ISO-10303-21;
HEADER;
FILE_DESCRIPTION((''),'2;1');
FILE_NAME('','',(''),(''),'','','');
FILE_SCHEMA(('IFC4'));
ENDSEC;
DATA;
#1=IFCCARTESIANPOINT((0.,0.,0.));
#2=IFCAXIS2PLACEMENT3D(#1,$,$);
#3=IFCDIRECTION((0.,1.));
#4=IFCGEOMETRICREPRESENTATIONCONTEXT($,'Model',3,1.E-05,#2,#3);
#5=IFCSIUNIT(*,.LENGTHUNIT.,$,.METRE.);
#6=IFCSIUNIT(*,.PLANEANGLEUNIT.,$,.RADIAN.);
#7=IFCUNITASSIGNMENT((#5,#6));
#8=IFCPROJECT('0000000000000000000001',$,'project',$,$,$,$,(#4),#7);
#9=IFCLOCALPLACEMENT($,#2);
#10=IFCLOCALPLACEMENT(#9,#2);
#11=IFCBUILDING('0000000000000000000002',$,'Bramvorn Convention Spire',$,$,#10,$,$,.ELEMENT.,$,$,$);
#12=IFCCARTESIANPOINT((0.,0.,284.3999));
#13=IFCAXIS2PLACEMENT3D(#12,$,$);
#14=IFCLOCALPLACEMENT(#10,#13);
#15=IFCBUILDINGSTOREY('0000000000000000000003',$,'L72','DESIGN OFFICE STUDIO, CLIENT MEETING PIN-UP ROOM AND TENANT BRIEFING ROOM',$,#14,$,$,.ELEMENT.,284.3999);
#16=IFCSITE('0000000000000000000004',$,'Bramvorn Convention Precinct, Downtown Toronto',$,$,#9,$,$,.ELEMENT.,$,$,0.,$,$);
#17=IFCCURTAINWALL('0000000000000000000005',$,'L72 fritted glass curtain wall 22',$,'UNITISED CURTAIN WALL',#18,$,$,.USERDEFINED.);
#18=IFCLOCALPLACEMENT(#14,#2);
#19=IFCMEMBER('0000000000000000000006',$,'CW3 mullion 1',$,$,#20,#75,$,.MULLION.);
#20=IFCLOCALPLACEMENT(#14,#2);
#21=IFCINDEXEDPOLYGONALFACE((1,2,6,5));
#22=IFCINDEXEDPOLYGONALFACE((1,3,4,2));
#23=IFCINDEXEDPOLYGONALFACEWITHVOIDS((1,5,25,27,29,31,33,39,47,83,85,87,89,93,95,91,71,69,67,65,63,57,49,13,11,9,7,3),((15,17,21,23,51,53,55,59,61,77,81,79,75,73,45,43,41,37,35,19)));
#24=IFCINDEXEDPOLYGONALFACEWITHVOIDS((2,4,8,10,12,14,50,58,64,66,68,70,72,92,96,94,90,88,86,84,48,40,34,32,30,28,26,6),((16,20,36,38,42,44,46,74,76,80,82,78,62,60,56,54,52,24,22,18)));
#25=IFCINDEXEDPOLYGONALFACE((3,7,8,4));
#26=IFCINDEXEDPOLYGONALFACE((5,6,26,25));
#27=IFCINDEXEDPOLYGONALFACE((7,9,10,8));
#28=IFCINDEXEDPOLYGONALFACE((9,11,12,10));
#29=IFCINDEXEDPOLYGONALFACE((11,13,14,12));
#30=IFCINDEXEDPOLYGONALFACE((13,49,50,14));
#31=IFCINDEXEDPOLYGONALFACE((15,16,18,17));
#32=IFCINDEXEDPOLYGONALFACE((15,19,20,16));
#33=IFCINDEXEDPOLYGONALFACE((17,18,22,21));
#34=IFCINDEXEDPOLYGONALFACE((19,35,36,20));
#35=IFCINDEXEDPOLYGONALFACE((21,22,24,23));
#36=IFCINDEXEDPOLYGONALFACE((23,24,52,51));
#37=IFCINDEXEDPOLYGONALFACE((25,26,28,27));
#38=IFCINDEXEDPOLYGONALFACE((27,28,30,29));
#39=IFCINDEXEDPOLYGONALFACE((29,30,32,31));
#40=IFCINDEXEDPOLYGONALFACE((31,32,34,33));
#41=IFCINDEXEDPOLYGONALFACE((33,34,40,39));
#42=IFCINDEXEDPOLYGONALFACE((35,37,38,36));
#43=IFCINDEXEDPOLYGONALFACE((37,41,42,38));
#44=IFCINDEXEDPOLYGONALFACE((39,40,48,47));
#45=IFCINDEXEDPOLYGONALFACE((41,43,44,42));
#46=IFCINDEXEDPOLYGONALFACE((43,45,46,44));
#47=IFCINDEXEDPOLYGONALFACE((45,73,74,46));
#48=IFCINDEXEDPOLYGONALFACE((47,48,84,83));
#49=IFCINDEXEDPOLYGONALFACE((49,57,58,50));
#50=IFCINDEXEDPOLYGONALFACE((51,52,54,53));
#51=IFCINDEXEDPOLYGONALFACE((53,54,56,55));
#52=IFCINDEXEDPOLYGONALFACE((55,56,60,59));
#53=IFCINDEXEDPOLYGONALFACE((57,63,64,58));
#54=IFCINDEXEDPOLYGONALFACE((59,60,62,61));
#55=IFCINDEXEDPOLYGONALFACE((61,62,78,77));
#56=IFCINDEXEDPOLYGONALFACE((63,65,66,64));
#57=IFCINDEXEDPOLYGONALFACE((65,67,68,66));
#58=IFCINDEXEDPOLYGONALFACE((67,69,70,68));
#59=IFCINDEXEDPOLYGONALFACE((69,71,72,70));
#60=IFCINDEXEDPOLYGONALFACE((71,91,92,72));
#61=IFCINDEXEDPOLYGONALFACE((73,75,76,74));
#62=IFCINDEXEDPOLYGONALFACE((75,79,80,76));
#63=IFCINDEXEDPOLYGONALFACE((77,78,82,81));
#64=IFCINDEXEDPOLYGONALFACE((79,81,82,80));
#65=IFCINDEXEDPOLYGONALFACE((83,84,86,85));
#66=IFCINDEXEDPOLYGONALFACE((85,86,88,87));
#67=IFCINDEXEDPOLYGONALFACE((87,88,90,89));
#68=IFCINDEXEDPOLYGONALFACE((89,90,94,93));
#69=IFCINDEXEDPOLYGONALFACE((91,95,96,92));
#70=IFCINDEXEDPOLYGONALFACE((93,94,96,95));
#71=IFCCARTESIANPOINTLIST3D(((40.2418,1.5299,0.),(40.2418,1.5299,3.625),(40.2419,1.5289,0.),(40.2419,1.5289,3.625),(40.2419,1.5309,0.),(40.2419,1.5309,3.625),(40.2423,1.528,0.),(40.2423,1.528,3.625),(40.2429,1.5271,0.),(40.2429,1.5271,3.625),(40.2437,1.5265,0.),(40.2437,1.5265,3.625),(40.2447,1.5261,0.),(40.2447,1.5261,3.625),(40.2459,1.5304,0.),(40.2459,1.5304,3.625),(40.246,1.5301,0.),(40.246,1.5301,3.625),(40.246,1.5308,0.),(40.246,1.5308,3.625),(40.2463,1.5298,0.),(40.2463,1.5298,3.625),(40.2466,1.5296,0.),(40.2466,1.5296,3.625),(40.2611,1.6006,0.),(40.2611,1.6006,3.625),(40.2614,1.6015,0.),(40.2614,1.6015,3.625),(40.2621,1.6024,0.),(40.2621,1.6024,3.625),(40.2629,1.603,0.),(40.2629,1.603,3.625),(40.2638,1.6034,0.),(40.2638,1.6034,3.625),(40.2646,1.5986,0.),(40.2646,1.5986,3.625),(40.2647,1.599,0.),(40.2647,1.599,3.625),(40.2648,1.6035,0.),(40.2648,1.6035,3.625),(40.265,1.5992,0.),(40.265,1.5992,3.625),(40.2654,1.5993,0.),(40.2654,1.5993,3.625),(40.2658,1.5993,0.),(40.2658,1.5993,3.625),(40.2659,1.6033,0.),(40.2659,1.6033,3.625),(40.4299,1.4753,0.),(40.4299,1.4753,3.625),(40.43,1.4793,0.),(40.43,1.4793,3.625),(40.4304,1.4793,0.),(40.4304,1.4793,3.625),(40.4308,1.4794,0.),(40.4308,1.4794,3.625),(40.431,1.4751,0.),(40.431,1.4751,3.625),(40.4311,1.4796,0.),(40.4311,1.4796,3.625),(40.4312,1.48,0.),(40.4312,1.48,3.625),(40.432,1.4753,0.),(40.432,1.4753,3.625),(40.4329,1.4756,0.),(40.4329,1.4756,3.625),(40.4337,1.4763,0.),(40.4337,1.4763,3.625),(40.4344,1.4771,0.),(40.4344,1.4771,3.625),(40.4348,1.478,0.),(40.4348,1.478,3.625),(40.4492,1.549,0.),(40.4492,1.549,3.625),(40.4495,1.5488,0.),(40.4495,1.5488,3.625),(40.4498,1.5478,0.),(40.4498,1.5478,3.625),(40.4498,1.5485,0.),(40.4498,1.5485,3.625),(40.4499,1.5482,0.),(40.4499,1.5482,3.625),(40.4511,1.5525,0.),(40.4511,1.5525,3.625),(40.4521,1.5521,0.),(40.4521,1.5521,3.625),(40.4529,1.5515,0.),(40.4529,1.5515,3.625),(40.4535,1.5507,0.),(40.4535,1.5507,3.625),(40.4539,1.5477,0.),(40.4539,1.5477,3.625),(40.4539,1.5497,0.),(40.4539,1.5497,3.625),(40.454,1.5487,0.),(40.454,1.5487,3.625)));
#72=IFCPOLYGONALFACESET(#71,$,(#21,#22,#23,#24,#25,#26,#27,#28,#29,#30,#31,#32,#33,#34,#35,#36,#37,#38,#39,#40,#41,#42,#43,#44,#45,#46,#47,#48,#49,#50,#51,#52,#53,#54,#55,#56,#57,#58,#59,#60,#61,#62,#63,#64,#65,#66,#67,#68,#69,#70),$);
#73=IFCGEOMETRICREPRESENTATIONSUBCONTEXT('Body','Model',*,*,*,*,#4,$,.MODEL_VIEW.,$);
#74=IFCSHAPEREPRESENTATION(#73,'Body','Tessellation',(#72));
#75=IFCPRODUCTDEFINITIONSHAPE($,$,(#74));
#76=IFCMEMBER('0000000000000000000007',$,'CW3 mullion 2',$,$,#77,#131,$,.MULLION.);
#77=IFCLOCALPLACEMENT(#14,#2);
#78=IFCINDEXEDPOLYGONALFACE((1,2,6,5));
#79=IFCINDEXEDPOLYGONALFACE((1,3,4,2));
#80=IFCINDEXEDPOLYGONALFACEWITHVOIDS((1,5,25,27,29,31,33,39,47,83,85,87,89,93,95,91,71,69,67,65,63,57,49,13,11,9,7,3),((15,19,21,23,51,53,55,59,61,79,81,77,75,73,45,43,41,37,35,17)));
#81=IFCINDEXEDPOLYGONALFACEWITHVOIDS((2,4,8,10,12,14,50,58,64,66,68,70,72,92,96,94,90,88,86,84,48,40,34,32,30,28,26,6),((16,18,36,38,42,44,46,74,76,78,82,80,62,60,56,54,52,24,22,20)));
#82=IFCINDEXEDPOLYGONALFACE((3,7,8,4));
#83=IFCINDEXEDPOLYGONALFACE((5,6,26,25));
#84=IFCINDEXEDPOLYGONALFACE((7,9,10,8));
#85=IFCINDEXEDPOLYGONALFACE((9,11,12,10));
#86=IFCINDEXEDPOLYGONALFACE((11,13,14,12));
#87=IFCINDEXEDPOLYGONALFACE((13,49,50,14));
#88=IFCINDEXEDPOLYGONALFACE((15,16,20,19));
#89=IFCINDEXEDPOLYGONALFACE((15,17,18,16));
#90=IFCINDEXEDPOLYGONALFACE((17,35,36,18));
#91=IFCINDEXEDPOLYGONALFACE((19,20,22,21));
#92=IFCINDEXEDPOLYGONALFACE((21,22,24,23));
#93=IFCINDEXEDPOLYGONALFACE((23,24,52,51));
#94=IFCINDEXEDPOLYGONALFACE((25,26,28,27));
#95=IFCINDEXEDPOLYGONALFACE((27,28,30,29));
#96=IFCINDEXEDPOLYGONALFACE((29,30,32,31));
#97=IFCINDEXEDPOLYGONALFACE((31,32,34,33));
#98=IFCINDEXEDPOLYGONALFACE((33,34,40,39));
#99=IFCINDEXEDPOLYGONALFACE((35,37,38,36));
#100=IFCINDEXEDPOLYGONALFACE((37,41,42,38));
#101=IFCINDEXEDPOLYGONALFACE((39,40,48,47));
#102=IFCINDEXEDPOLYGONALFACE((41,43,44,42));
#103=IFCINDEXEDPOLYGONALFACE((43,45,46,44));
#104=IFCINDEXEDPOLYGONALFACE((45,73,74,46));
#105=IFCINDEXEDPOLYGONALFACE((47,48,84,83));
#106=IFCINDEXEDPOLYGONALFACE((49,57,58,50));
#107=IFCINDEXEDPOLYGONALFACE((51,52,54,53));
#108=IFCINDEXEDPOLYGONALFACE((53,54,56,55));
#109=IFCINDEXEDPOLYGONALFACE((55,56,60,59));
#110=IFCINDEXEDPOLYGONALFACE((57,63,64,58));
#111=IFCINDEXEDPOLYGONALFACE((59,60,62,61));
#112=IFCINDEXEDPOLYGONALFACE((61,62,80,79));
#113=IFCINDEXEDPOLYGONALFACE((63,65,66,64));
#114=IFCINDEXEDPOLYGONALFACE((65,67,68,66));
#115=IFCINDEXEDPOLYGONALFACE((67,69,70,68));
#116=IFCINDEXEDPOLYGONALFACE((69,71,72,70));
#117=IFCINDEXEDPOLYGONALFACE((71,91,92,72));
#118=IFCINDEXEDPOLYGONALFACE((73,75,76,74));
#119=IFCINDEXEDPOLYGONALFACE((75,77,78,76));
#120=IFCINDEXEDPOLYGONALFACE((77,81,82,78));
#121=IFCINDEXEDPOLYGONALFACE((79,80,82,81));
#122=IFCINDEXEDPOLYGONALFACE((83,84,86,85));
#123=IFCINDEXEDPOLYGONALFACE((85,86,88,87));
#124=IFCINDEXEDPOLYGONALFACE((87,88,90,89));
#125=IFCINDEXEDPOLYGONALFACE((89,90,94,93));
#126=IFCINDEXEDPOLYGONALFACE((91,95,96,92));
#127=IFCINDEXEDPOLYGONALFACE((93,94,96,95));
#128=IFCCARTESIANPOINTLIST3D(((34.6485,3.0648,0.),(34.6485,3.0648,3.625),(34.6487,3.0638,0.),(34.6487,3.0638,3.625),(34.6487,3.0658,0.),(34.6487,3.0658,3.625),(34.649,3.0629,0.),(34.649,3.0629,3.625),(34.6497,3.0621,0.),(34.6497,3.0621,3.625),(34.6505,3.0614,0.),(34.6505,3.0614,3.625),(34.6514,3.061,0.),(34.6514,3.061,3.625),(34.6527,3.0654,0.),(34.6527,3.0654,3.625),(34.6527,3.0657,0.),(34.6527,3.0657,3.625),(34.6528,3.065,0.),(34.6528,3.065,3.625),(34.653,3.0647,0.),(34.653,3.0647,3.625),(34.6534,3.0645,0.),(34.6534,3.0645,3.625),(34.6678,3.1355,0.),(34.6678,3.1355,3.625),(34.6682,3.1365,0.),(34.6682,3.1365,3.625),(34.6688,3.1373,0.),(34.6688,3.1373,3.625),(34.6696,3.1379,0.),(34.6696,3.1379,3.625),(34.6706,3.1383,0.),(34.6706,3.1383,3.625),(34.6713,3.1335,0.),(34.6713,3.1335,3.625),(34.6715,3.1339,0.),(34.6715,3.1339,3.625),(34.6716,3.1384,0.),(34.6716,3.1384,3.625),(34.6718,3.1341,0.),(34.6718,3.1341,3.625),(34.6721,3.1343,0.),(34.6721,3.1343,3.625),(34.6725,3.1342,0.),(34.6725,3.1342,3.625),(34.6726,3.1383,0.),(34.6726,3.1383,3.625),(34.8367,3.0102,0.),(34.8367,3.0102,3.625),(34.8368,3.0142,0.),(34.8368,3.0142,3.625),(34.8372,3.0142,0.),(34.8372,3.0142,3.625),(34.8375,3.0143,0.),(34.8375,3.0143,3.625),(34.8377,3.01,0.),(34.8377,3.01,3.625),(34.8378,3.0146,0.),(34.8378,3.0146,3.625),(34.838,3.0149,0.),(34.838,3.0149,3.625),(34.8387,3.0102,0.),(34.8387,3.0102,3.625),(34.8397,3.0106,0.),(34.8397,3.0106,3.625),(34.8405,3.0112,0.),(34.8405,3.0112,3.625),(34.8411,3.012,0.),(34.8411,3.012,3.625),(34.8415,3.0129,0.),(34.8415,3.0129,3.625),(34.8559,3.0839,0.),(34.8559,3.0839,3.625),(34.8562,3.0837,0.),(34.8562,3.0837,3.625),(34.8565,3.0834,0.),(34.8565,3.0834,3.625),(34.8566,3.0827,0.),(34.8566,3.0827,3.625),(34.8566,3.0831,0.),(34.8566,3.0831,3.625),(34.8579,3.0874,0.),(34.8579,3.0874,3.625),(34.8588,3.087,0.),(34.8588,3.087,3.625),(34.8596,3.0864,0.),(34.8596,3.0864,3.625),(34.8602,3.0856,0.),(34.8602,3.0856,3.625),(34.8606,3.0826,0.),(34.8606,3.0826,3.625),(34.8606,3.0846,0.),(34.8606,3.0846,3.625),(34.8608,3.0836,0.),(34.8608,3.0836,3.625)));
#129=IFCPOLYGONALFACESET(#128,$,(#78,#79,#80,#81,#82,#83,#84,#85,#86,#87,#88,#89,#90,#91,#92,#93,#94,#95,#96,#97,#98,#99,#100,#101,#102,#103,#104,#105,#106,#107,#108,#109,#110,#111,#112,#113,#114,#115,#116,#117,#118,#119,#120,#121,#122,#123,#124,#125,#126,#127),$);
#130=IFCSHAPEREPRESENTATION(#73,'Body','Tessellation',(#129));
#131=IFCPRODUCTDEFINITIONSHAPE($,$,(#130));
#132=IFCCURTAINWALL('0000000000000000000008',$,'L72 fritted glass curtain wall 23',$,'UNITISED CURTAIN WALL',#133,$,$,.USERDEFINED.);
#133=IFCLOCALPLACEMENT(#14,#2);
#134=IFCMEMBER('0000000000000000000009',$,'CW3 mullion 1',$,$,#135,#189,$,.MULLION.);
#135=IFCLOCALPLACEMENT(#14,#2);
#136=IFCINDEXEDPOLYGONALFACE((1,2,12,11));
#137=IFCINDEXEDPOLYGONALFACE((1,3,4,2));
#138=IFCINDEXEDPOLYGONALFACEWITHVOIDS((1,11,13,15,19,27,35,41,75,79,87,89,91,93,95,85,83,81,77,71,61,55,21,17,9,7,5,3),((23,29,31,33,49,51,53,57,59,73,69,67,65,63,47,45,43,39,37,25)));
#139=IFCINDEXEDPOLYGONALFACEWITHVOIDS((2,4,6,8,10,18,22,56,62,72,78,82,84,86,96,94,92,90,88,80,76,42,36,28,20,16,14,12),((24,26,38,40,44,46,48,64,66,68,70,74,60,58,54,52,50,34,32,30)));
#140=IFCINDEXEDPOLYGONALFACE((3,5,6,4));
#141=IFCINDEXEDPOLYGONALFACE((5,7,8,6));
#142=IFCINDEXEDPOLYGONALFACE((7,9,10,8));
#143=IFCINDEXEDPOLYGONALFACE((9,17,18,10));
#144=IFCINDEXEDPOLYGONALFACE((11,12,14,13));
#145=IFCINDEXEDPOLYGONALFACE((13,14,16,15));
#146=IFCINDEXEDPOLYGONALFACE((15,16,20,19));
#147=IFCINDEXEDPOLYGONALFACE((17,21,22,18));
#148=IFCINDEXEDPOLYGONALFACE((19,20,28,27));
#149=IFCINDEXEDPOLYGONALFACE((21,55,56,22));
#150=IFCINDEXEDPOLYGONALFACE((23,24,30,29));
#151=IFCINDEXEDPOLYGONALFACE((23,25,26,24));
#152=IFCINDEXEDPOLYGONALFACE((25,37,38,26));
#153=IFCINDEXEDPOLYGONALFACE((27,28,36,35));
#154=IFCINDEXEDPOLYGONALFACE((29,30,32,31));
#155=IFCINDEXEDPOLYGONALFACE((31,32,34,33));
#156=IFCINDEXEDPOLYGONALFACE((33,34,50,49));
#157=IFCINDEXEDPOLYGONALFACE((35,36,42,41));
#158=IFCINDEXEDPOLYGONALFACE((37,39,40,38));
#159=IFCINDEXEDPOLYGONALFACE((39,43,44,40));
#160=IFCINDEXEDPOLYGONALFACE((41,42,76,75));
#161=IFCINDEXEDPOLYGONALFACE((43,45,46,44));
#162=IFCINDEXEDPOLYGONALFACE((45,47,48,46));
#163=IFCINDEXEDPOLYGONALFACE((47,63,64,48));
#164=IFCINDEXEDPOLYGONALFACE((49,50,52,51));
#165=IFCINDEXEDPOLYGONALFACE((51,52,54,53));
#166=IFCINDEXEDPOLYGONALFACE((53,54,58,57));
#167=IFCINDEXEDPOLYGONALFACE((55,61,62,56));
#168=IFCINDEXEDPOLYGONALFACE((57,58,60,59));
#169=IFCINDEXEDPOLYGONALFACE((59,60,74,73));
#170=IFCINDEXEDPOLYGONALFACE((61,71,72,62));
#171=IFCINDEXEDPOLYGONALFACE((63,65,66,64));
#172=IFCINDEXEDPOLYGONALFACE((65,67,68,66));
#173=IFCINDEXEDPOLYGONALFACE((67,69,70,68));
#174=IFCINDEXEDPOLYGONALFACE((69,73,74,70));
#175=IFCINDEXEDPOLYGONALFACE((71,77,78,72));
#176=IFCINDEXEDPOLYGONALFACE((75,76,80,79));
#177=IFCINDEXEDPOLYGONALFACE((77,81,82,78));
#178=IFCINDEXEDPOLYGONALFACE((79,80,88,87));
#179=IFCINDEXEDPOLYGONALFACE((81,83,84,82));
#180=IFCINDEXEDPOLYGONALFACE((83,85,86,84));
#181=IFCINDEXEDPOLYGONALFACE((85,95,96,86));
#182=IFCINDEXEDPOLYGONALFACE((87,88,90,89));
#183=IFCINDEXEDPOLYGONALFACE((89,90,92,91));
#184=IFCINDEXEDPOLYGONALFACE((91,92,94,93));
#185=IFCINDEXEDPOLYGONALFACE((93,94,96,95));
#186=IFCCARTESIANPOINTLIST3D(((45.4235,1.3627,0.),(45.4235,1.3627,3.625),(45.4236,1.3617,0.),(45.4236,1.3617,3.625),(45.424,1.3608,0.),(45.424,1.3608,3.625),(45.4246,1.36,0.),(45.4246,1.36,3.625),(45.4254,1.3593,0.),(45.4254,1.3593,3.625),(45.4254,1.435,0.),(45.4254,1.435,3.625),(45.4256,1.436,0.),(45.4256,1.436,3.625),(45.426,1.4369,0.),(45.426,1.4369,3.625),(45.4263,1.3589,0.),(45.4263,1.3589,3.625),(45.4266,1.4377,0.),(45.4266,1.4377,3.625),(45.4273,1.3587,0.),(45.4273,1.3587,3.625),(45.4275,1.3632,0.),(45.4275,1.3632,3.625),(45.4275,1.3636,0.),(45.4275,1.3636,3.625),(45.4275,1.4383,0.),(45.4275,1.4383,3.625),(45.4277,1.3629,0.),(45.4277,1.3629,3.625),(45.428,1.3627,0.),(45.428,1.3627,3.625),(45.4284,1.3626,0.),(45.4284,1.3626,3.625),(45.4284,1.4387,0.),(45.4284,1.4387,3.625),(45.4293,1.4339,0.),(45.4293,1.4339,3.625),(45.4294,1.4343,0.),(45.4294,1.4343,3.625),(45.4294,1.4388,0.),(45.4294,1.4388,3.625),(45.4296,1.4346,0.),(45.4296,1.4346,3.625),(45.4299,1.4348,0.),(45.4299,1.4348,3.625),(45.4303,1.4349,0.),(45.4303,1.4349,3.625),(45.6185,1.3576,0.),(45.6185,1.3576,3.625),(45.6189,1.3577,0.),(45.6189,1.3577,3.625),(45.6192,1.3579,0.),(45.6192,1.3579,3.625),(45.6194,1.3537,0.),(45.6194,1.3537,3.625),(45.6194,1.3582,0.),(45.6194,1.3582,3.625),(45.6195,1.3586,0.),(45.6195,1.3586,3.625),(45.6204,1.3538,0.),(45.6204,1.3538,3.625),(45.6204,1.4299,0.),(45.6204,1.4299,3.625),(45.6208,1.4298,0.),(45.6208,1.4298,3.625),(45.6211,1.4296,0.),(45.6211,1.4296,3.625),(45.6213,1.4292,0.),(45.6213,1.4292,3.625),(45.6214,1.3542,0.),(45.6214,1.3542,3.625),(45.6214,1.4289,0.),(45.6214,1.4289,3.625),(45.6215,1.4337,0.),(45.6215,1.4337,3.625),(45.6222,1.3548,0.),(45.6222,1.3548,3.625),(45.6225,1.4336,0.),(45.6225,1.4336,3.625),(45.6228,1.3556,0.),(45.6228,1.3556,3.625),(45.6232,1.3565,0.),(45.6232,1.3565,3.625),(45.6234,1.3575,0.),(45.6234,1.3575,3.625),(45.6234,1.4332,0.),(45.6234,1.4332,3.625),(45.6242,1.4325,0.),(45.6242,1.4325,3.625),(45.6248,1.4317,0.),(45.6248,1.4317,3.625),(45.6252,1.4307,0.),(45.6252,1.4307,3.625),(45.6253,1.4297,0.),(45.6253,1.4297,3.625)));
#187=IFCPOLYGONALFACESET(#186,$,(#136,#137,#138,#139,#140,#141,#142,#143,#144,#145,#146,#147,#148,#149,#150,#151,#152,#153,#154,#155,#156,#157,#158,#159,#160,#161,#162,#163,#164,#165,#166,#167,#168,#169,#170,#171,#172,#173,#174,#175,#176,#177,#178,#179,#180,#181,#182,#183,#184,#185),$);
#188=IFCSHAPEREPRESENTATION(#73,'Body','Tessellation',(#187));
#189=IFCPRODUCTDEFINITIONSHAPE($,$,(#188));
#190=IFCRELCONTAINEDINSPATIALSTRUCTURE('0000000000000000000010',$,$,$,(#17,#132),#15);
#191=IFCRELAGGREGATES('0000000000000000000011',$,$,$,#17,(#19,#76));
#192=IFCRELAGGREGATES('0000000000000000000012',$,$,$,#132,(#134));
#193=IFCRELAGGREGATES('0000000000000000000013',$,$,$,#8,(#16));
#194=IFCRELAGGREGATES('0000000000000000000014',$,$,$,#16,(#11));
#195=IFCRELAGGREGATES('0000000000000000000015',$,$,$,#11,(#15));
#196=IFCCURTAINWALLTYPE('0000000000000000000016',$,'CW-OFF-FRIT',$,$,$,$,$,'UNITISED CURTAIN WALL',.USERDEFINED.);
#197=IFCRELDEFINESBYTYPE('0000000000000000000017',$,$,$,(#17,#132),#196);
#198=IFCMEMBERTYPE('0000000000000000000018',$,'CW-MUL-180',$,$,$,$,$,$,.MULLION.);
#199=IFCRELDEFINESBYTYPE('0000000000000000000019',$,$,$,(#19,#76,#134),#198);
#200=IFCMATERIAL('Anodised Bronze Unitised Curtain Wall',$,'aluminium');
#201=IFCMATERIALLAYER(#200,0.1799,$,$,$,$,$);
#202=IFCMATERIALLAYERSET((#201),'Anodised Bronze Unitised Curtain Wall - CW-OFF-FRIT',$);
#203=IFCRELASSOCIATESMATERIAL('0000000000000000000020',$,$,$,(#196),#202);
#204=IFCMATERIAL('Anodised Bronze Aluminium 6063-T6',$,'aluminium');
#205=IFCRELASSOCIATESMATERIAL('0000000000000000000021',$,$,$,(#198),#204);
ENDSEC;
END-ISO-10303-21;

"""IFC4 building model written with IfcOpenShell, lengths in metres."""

from ifc_helpers import new_model, si_unit, direction, frame, origin, origin_2d, place, context, subcontext, project, spatial, hollow_rectangle, extrude, material, layer, layer_set, material_profile, profile_set, type_object, element, aggregate, save


model = new_model("IFC4")

# Units and contexts
model_context = context("Model", 3, precision=1e-05, world=origin(), true_north=direction((0.0, 1.0)))
body_context = subcontext(model_context, "Body", "Model", "MODEL_VIEW")
ifc_project = project(units=[si_unit("LENGTHUNIT", "METRE"), si_unit("PLANEANGLEUNIT", "RADIAN")], contexts=[model_context])

# Site, building, storey
site_placement = place(None, origin())
site = spatial("IfcSite", under=ifc_project, at=site_placement, Name="Bramvorn Convention Precinct, Downtown Toronto", CompositionType="ELEMENT", RefElevation=0.0)
building_placement = place(site_placement, origin())
building = spatial("IfcBuilding", under=site, at=building_placement, Name="Bramvorn Convention Spire", CompositionType="ELEMENT")
storey_placement = place(building_placement, frame((0.0, 0.0, 284.3999)))
storey = spatial("IfcBuildingStorey", under=building, at=storey_placement, Name="L72", Description="DESIGN OFFICE STUDIO, CLIENT MEETING PIN-UP ROOM AND TENANT BRIEFING ROOM", CompositionType="ELEMENT", Elevation=284.3999)

# Curtain walls, members
ifc_material_1 = material(Name="Anodised Bronze Unitised Curtain Wall", Category="aluminium")
ifc_layer_1 = layer(ifc_material_1, 0.1799)
ifc_layer_set_1 = layer_set([ifc_layer_1], Name="Anodised Bronze Unitised Curtain Wall - CW-OFF-FRIT")
curtain_wall_type = type_object("IfcCurtainWallType", Name="CW-OFF-FRIT", ElementType="UNITISED CURTAIN WALL", PredefinedType="USERDEFINED", material=ifc_layer_set_1)
curtain_wall_1_placement = place(storey_placement, origin())
curtain_wall_1 = element("IfcCurtainWall", 1, at=curtain_wall_1_placement, inside=storey, type_object=curtain_wall_type, Name="L72 fritted glass curtain wall 22", ObjectType="UNITISED CURTAIN WALL", PredefinedType="USERDEFINED")
ifc_material_2 = material(Name="Anodised Bronze Aluminium 6063-T6", Category="aluminium")
ifc_material_profile_1 = material_profile(ifc_material_2, hollow_rectangle(XDim=0.0801, YDim=0.2, WallThickness=0.0039, InnerFilletRadius=0.001, OuterFilletRadius=0.0039, at=origin_2d()))
ifc_profile_set_1 = profile_set([ifc_material_profile_1], Name="Anodised Bronze Aluminium 6063-T6 - CWM80X200")
member_type_1 = type_object("IfcMemberType", Name="CW-MUL-180", PredefinedType="MULLION", material=ifc_profile_set_1)
member_1_placement = place(storey_placement, frame((40.3479, 1.5393, 0.0), z_axis=(0.0, 0.0, 1.0), x_axis=(-0.264625, -0.964352, 0.0)))
member_1 = element("IfcMember", 2, at=member_1_placement, type_object=member_type_1, Name="CW3 mullion 1", PredefinedType="MULLION", context=body_context, shape_type="SweptSolid", body=[
    extrude(hollow_rectangle(XDim=0.0801, YDim=0.2, WallThickness=0.0039, InnerFilletRadius=0.001, OuterFilletRadius=0.0039, at=origin_2d()), origin(), (0.0, 0.0, 1.0), 3.625),
])
member_2_placement = place(storey_placement, frame((34.7546, 3.0742, 0.0), z_axis=(0.0, 0.0, 1.0), x_axis=(-0.264625, -0.964352, 0.0)))
member_2 = element("IfcMember", 3, at=member_2_placement, type_object=member_type_1, Name="CW3 mullion 2", PredefinedType="MULLION", context=body_context, shape_type="SweptSolid", body=[
    extrude(hollow_rectangle(XDim=0.0801, YDim=0.2, WallThickness=0.0039, InnerFilletRadius=0.001, OuterFilletRadius=0.0039, at=origin_2d()), origin(), (0.0, 0.0, 1.0), 3.625),
])
curtain_wall_2_placement = place(storey_placement, origin())
curtain_wall_2 = element("IfcCurtainWall", 4, at=curtain_wall_2_placement, inside=storey, type_object=curtain_wall_type, Name="L72 fritted glass curtain wall 23", ObjectType="UNITISED CURTAIN WALL", PredefinedType="USERDEFINED")
member_3_placement = place(storey_placement, frame((45.5244, 1.3962, 0.0), z_axis=(0.0, 0.0, 1.0), x_axis=(-0.026258, -0.999655, 0.0)))
member_3 = element("IfcMember", 5, at=member_3_placement, type_object=member_type_1, Name="CW3 mullion 1", PredefinedType="MULLION", context=body_context, shape_type="SweptSolid", body=[
    extrude(hollow_rectangle(XDim=0.0801, YDim=0.2, WallThickness=0.0039, InnerFilletRadius=0.001, OuterFilletRadius=0.0039, at=origin_2d()), origin(), (0.0, 0.0, 1.0), 3.625),
])

aggregate(curtain_wall_1, [member_1, member_2])
aggregate(curtain_wall_2, [member_3])

save(model, "model.ifc")
